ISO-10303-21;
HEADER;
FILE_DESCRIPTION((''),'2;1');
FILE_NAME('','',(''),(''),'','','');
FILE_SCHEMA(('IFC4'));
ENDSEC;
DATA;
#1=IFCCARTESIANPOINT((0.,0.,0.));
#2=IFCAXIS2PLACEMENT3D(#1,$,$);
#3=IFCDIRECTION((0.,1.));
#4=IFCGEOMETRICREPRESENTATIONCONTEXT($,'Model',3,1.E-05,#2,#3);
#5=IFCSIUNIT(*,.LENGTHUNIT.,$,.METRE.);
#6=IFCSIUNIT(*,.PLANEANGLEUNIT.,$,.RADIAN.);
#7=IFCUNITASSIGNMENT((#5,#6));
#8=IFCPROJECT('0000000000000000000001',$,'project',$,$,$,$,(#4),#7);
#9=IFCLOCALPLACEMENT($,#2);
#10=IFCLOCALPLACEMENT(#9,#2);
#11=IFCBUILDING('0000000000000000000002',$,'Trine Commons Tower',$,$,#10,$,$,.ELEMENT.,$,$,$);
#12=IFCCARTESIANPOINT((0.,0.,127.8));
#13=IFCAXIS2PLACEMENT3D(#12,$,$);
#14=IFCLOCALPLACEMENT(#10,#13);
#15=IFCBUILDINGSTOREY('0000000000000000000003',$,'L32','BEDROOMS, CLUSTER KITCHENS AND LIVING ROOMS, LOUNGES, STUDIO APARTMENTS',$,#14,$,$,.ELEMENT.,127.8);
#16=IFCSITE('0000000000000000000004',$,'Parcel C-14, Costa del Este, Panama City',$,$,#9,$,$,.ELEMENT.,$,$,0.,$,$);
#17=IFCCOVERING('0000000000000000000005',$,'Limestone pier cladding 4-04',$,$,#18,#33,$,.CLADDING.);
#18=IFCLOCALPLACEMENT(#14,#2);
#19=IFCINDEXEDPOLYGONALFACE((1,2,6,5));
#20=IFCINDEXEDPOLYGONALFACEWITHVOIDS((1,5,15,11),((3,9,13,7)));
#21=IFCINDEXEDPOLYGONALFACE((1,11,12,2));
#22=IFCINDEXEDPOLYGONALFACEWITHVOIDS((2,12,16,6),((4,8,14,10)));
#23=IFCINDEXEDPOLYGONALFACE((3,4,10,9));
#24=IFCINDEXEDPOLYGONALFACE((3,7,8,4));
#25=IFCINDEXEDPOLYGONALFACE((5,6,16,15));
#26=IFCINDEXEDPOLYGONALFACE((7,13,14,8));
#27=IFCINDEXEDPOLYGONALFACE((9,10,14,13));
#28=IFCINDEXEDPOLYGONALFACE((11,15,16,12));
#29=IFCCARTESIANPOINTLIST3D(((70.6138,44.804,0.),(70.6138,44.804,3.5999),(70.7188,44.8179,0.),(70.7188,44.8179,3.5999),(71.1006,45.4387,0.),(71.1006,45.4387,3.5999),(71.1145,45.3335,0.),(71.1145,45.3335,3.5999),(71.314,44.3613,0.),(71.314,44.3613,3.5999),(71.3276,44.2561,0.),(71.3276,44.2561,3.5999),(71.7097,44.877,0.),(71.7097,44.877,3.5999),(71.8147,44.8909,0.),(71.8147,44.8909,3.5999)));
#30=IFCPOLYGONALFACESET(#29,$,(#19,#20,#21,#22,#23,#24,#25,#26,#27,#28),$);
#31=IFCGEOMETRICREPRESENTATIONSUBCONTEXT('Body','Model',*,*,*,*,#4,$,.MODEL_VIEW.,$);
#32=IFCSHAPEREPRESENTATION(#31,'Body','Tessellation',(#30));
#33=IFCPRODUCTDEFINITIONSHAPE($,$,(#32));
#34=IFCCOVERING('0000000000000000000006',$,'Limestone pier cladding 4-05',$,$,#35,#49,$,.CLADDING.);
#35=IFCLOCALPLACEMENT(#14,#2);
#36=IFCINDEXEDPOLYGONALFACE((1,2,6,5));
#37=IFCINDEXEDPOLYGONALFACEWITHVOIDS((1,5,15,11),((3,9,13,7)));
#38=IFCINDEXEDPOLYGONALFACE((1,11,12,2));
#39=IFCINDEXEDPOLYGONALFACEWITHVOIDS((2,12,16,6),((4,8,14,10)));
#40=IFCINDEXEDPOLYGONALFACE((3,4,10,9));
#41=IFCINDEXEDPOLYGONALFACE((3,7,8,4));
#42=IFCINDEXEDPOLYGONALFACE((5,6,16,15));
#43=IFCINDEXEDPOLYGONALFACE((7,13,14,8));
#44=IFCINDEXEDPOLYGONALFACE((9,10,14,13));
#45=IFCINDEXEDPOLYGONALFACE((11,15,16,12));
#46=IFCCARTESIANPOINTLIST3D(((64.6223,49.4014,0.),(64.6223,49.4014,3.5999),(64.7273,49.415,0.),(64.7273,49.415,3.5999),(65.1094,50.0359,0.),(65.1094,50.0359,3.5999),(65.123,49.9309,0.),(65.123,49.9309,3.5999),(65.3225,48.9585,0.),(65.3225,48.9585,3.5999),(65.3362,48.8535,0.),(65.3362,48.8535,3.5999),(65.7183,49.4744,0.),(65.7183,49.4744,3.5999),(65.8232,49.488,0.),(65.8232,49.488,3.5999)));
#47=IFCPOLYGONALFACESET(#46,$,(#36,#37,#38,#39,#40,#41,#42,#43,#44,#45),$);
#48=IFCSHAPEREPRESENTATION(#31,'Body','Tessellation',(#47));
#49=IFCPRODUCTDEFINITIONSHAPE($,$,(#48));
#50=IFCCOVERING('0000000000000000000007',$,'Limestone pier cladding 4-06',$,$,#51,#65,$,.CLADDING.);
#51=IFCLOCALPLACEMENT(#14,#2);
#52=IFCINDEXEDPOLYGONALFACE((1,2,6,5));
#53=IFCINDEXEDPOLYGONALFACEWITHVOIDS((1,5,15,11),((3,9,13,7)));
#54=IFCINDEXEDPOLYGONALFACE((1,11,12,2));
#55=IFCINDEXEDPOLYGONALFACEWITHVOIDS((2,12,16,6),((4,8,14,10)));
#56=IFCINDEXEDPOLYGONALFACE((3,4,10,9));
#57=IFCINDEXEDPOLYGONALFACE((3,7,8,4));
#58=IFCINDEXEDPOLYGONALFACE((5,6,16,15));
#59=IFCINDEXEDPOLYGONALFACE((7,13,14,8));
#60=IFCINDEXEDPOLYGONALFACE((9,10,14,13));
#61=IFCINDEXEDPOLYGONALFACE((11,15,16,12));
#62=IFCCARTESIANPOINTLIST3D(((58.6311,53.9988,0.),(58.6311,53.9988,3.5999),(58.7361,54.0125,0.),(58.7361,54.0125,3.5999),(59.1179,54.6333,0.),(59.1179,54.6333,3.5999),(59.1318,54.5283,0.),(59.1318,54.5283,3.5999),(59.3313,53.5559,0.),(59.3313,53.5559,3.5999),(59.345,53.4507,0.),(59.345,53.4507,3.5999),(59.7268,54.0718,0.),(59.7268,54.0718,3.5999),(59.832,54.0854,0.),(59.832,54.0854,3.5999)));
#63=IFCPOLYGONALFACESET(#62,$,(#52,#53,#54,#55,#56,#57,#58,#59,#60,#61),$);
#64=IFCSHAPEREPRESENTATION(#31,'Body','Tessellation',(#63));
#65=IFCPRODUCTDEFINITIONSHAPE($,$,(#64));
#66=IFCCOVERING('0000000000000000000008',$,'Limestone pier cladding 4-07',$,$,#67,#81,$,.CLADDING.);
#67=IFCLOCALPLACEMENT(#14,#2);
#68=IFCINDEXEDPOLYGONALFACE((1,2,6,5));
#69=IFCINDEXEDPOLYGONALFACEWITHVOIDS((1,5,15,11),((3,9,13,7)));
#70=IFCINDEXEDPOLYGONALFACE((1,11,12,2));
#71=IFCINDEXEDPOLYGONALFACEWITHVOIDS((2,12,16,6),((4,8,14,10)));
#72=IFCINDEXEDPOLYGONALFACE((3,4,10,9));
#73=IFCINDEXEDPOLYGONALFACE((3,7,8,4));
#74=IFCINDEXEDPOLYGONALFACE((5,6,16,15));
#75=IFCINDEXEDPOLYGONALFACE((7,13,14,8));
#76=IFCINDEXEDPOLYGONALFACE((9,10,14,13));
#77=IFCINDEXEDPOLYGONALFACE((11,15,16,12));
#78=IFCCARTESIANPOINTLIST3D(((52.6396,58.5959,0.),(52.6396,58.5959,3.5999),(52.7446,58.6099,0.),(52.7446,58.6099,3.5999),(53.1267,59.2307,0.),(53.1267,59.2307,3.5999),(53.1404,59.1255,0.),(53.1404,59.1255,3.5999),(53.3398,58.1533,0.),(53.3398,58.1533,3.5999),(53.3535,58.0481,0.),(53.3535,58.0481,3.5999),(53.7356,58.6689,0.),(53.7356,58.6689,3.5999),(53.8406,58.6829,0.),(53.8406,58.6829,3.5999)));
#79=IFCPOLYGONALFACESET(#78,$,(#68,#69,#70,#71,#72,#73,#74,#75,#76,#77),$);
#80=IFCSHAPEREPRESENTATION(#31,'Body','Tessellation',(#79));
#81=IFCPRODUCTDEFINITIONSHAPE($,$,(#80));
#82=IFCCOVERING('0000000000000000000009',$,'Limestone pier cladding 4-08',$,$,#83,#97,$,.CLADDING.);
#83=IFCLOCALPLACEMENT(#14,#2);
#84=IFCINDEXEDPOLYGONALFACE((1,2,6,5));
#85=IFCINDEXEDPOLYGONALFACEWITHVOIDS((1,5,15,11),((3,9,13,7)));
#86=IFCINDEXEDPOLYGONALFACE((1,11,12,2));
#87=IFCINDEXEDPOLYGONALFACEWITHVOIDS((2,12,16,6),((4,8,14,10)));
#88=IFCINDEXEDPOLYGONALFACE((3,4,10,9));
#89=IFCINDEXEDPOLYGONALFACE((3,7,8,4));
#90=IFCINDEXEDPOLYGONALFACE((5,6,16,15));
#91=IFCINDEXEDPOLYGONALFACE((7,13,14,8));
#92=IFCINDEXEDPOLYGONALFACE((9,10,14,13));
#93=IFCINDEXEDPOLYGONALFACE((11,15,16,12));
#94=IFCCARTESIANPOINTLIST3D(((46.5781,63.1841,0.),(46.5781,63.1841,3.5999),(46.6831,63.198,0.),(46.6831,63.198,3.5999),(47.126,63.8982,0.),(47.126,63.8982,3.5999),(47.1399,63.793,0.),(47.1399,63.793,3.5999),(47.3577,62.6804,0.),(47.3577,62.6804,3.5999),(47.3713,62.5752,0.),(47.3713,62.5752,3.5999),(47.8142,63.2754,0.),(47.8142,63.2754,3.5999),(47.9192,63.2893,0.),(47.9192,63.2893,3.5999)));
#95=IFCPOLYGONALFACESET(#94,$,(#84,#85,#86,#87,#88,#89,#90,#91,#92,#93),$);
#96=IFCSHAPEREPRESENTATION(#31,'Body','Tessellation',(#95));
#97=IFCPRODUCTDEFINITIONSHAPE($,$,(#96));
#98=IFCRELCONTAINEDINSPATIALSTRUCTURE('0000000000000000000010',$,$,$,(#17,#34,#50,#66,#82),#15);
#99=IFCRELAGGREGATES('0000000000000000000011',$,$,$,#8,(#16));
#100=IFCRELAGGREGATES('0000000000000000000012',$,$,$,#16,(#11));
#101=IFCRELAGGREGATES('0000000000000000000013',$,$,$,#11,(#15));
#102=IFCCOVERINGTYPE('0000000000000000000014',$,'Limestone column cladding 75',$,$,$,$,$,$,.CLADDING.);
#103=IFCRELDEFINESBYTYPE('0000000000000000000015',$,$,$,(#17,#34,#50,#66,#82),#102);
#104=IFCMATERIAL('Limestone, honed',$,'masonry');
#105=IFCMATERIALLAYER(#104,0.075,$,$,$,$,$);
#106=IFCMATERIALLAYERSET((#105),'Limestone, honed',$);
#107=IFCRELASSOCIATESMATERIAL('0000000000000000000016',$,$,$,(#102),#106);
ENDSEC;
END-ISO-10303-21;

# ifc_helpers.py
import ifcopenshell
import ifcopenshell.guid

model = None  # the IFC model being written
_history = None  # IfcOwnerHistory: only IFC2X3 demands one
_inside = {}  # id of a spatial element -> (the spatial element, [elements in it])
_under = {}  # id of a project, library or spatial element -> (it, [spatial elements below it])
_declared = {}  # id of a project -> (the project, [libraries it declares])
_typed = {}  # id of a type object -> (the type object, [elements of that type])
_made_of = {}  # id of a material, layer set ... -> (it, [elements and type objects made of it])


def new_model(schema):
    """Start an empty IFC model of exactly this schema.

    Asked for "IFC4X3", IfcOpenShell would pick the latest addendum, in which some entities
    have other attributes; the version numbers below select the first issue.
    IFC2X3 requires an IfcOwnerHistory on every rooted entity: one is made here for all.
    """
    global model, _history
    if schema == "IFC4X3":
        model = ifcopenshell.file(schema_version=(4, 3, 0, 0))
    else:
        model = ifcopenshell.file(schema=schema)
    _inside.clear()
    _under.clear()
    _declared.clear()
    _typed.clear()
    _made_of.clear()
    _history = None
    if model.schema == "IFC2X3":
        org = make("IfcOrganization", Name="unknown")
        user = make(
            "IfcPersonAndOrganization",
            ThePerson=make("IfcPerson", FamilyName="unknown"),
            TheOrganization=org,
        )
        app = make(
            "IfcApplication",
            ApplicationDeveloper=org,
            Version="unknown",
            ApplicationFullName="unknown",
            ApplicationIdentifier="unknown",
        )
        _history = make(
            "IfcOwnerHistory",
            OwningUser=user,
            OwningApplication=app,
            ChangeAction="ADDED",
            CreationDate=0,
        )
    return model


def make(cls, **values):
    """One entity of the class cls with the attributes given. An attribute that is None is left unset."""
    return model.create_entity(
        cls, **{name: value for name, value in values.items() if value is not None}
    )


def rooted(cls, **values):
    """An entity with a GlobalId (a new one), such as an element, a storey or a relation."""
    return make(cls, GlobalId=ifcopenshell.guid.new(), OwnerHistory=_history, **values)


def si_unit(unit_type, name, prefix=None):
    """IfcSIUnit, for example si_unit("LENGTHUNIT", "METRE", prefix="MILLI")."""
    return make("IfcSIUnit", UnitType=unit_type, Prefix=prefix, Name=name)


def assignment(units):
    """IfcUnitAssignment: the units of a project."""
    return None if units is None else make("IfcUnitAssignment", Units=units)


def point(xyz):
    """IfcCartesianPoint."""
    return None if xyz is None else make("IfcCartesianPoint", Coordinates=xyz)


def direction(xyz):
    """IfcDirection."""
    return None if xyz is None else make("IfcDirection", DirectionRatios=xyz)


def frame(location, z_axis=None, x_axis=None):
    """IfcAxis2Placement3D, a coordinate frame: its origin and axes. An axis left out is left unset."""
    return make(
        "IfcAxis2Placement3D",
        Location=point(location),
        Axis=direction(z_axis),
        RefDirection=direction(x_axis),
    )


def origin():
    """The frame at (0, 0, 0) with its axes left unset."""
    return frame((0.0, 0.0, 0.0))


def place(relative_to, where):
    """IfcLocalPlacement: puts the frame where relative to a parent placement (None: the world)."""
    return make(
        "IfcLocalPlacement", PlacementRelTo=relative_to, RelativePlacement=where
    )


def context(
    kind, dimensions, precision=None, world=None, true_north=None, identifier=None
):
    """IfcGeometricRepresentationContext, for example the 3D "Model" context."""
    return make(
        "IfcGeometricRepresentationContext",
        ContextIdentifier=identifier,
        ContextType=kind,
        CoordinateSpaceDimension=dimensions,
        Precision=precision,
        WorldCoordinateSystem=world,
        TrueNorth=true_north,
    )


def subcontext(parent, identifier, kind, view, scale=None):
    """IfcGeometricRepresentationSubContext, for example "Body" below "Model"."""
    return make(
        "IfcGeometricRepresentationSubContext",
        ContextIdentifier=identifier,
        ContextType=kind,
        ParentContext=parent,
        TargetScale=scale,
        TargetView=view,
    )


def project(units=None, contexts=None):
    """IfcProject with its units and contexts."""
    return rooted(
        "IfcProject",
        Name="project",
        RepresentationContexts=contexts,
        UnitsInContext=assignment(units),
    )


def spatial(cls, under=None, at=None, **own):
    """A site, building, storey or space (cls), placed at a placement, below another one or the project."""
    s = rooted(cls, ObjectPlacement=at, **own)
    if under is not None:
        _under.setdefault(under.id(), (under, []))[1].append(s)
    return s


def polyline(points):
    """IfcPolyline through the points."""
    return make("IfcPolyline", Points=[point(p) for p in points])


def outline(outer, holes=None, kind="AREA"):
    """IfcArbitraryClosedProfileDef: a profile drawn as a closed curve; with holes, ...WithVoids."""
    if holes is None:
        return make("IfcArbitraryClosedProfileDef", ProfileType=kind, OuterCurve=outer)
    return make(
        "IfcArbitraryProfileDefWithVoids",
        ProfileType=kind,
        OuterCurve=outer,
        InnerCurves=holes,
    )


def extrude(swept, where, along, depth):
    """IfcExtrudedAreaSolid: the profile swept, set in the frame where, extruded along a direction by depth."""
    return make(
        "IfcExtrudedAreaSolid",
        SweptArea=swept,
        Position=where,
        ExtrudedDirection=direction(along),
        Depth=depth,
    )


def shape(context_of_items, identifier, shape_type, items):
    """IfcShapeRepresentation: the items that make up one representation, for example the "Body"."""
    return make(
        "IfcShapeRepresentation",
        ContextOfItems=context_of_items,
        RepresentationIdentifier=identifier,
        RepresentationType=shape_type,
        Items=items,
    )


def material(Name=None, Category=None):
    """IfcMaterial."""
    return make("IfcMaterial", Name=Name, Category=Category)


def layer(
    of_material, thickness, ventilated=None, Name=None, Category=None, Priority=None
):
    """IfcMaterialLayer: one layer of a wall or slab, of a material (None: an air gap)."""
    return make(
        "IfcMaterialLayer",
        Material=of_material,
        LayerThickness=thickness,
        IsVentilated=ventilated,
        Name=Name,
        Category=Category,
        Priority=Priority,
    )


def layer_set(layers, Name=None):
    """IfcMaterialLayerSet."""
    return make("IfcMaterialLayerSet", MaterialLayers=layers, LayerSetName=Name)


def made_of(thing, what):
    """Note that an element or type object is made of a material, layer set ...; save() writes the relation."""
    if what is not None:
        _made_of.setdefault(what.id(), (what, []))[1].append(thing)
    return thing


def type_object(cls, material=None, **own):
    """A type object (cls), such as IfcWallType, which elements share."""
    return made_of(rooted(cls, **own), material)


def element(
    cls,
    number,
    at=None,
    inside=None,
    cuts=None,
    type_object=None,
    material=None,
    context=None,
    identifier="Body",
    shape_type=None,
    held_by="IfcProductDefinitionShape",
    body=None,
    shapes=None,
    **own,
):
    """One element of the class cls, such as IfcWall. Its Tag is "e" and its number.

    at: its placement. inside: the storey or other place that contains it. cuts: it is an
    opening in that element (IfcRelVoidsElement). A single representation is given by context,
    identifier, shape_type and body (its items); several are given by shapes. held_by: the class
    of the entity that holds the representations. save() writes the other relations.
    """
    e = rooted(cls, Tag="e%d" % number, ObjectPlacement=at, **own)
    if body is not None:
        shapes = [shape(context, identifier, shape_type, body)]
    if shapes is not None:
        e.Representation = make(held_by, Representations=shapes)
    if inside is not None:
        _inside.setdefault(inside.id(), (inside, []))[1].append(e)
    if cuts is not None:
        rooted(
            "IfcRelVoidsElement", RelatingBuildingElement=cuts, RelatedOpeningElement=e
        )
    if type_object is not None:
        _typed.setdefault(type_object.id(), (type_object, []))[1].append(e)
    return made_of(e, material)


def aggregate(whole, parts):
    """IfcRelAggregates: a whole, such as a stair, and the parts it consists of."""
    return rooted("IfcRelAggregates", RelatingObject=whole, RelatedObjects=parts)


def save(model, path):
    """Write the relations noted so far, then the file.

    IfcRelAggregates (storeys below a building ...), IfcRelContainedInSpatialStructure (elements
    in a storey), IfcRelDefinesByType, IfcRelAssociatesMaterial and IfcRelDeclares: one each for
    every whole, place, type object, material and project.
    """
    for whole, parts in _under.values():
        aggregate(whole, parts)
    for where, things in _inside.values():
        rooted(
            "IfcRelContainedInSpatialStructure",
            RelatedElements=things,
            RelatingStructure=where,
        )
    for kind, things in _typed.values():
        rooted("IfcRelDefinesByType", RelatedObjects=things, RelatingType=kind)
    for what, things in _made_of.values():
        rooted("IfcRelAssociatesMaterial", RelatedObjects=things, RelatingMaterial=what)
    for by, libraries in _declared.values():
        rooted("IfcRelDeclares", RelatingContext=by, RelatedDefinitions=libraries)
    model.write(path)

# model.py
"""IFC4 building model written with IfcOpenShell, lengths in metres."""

from ifc_helpers import new_model, si_unit, direction, frame, origin, place, context, subcontext, project, spatial, polyline, outline, extrude, material, layer, layer_set, type_object, element, save


model = new_model("IFC4")

# Units and contexts
model_context = context("Model", 3, precision=1e-05, world=origin(), true_north=direction((0.0, 1.0)))
body_context = subcontext(model_context, "Body", "Model", "MODEL_VIEW")
ifc_project = project(units=[si_unit("LENGTHUNIT", "METRE"), si_unit("PLANEANGLEUNIT", "RADIAN")], contexts=[model_context])

# Site, building, storey
site_placement = place(None, origin())
site = spatial("IfcSite", under=ifc_project, at=site_placement, Name="Parcel C-14, Costa del Este, Panama City", CompositionType="ELEMENT", RefElevation=0.0)
building_placement = place(site_placement, origin())
building = spatial("IfcBuilding", under=site, at=building_placement, Name="Trine Commons Tower", CompositionType="ELEMENT")
storey_placement = place(building_placement, frame((0.0, 0.0, 127.8)))
storey = spatial("IfcBuildingStorey", under=building, at=storey_placement, Name="L32", Description="BEDROOMS, CLUSTER KITCHENS AND LIVING ROOMS, LOUNGES, STUDIO APARTMENTS", CompositionType="ELEMENT", Elevation=127.8)

# Coverings
ifc_material_1 = material(Name="Limestone, honed", Category="masonry")
ifc_layer_1 = layer(ifc_material_1, 0.075)
ifc_layer_set_1 = layer_set([ifc_layer_1], Name="Limestone, honed")
covering_type_1 = type_object("IfcCoveringType", Name="Limestone column cladding 75", PredefinedType="CLADDING", material=ifc_layer_set_1)
covering_1_placement = place(storey_placement, origin())
element("IfcCovering", 1, at=covering_1_placement, inside=storey, type_object=covering_type_1, Name="Limestone pier cladding 4-04", PredefinedType="CLADDING", context=body_context, shape_type="SweptSolid", body=[
    extrude(outline(polyline([(71.1006, 45.4387), (70.6138, 44.804), (71.3276, 44.2561), (71.8147, 44.8909), (71.1006, 45.4387)]), holes=[polyline([(71.1145, 45.3335), (70.7188, 44.8179), (71.314, 44.3613), (71.7097, 44.877), (71.1145, 45.3335)])]), origin(), (0.0, 0.0, 1.0), 3.5999),
])
covering_2_placement = place(storey_placement, origin())
element("IfcCovering", 2, at=covering_2_placement, inside=storey, type_object=covering_type_1, Name="Limestone pier cladding 4-05", PredefinedType="CLADDING", context=body_context, shape_type="SweptSolid", body=[
    extrude(outline(polyline([(65.1094, 50.0359), (64.6223, 49.4014), (65.3362, 48.8535), (65.8232, 49.488), (65.1094, 50.0359)]), holes=[polyline([(65.123, 49.9309), (64.7273, 49.415), (65.3225, 48.9585), (65.7183, 49.4744), (65.123, 49.9309)])]), origin(), (0.0, 0.0, 1.0), 3.5999),
])
covering_3_placement = place(storey_placement, origin())
element("IfcCovering", 3, at=covering_3_placement, inside=storey, type_object=covering_type_1, Name="Limestone pier cladding 4-06", PredefinedType="CLADDING", context=body_context, shape_type="SweptSolid", body=[
    extrude(outline(polyline([(59.1179, 54.6333), (58.6311, 53.9988), (59.345, 53.4507), (59.832, 54.0854), (59.1179, 54.6333)]), holes=[polyline([(59.1318, 54.5283), (58.7361, 54.0125), (59.3313, 53.5559), (59.7268, 54.0718), (59.1318, 54.5283)])]), origin(), (0.0, 0.0, 1.0), 3.5999),
])
covering_4_placement = place(storey_placement, origin())
element("IfcCovering", 4, at=covering_4_placement, inside=storey, type_object=covering_type_1, Name="Limestone pier cladding 4-07", PredefinedType="CLADDING", context=body_context, shape_type="SweptSolid", body=[
    extrude(outline(polyline([(53.1267, 59.2307), (52.6396, 58.5959), (53.3535, 58.0481), (53.8406, 58.6829), (53.1267, 59.2307)]), holes=[polyline([(53.1404, 59.1255), (52.7446, 58.6099), (53.3398, 58.1533), (53.7356, 58.6689), (53.1404, 59.1255)])]), origin(), (0.0, 0.0, 1.0), 3.5999),
])
covering_5_placement = place(storey_placement, origin())
element("IfcCovering", 5, at=covering_5_placement, inside=storey, type_object=covering_type_1, Name="Limestone pier cladding 4-08", PredefinedType="CLADDING", context=body_context, shape_type="SweptSolid", body=[
    extrude(outline(polyline([(47.126, 63.8982), (46.5781, 63.1841), (47.3713, 62.5752), (47.9192, 63.2893), (47.126, 63.8982)]), holes=[polyline([(47.1399, 63.793), (46.6831, 63.198), (47.3577, 62.6804), (47.8142, 63.2754), (47.1399, 63.793)])]), origin(), (0.0, 0.0, 1.0), 3.5999),
])

save(model, "model.ifc")
